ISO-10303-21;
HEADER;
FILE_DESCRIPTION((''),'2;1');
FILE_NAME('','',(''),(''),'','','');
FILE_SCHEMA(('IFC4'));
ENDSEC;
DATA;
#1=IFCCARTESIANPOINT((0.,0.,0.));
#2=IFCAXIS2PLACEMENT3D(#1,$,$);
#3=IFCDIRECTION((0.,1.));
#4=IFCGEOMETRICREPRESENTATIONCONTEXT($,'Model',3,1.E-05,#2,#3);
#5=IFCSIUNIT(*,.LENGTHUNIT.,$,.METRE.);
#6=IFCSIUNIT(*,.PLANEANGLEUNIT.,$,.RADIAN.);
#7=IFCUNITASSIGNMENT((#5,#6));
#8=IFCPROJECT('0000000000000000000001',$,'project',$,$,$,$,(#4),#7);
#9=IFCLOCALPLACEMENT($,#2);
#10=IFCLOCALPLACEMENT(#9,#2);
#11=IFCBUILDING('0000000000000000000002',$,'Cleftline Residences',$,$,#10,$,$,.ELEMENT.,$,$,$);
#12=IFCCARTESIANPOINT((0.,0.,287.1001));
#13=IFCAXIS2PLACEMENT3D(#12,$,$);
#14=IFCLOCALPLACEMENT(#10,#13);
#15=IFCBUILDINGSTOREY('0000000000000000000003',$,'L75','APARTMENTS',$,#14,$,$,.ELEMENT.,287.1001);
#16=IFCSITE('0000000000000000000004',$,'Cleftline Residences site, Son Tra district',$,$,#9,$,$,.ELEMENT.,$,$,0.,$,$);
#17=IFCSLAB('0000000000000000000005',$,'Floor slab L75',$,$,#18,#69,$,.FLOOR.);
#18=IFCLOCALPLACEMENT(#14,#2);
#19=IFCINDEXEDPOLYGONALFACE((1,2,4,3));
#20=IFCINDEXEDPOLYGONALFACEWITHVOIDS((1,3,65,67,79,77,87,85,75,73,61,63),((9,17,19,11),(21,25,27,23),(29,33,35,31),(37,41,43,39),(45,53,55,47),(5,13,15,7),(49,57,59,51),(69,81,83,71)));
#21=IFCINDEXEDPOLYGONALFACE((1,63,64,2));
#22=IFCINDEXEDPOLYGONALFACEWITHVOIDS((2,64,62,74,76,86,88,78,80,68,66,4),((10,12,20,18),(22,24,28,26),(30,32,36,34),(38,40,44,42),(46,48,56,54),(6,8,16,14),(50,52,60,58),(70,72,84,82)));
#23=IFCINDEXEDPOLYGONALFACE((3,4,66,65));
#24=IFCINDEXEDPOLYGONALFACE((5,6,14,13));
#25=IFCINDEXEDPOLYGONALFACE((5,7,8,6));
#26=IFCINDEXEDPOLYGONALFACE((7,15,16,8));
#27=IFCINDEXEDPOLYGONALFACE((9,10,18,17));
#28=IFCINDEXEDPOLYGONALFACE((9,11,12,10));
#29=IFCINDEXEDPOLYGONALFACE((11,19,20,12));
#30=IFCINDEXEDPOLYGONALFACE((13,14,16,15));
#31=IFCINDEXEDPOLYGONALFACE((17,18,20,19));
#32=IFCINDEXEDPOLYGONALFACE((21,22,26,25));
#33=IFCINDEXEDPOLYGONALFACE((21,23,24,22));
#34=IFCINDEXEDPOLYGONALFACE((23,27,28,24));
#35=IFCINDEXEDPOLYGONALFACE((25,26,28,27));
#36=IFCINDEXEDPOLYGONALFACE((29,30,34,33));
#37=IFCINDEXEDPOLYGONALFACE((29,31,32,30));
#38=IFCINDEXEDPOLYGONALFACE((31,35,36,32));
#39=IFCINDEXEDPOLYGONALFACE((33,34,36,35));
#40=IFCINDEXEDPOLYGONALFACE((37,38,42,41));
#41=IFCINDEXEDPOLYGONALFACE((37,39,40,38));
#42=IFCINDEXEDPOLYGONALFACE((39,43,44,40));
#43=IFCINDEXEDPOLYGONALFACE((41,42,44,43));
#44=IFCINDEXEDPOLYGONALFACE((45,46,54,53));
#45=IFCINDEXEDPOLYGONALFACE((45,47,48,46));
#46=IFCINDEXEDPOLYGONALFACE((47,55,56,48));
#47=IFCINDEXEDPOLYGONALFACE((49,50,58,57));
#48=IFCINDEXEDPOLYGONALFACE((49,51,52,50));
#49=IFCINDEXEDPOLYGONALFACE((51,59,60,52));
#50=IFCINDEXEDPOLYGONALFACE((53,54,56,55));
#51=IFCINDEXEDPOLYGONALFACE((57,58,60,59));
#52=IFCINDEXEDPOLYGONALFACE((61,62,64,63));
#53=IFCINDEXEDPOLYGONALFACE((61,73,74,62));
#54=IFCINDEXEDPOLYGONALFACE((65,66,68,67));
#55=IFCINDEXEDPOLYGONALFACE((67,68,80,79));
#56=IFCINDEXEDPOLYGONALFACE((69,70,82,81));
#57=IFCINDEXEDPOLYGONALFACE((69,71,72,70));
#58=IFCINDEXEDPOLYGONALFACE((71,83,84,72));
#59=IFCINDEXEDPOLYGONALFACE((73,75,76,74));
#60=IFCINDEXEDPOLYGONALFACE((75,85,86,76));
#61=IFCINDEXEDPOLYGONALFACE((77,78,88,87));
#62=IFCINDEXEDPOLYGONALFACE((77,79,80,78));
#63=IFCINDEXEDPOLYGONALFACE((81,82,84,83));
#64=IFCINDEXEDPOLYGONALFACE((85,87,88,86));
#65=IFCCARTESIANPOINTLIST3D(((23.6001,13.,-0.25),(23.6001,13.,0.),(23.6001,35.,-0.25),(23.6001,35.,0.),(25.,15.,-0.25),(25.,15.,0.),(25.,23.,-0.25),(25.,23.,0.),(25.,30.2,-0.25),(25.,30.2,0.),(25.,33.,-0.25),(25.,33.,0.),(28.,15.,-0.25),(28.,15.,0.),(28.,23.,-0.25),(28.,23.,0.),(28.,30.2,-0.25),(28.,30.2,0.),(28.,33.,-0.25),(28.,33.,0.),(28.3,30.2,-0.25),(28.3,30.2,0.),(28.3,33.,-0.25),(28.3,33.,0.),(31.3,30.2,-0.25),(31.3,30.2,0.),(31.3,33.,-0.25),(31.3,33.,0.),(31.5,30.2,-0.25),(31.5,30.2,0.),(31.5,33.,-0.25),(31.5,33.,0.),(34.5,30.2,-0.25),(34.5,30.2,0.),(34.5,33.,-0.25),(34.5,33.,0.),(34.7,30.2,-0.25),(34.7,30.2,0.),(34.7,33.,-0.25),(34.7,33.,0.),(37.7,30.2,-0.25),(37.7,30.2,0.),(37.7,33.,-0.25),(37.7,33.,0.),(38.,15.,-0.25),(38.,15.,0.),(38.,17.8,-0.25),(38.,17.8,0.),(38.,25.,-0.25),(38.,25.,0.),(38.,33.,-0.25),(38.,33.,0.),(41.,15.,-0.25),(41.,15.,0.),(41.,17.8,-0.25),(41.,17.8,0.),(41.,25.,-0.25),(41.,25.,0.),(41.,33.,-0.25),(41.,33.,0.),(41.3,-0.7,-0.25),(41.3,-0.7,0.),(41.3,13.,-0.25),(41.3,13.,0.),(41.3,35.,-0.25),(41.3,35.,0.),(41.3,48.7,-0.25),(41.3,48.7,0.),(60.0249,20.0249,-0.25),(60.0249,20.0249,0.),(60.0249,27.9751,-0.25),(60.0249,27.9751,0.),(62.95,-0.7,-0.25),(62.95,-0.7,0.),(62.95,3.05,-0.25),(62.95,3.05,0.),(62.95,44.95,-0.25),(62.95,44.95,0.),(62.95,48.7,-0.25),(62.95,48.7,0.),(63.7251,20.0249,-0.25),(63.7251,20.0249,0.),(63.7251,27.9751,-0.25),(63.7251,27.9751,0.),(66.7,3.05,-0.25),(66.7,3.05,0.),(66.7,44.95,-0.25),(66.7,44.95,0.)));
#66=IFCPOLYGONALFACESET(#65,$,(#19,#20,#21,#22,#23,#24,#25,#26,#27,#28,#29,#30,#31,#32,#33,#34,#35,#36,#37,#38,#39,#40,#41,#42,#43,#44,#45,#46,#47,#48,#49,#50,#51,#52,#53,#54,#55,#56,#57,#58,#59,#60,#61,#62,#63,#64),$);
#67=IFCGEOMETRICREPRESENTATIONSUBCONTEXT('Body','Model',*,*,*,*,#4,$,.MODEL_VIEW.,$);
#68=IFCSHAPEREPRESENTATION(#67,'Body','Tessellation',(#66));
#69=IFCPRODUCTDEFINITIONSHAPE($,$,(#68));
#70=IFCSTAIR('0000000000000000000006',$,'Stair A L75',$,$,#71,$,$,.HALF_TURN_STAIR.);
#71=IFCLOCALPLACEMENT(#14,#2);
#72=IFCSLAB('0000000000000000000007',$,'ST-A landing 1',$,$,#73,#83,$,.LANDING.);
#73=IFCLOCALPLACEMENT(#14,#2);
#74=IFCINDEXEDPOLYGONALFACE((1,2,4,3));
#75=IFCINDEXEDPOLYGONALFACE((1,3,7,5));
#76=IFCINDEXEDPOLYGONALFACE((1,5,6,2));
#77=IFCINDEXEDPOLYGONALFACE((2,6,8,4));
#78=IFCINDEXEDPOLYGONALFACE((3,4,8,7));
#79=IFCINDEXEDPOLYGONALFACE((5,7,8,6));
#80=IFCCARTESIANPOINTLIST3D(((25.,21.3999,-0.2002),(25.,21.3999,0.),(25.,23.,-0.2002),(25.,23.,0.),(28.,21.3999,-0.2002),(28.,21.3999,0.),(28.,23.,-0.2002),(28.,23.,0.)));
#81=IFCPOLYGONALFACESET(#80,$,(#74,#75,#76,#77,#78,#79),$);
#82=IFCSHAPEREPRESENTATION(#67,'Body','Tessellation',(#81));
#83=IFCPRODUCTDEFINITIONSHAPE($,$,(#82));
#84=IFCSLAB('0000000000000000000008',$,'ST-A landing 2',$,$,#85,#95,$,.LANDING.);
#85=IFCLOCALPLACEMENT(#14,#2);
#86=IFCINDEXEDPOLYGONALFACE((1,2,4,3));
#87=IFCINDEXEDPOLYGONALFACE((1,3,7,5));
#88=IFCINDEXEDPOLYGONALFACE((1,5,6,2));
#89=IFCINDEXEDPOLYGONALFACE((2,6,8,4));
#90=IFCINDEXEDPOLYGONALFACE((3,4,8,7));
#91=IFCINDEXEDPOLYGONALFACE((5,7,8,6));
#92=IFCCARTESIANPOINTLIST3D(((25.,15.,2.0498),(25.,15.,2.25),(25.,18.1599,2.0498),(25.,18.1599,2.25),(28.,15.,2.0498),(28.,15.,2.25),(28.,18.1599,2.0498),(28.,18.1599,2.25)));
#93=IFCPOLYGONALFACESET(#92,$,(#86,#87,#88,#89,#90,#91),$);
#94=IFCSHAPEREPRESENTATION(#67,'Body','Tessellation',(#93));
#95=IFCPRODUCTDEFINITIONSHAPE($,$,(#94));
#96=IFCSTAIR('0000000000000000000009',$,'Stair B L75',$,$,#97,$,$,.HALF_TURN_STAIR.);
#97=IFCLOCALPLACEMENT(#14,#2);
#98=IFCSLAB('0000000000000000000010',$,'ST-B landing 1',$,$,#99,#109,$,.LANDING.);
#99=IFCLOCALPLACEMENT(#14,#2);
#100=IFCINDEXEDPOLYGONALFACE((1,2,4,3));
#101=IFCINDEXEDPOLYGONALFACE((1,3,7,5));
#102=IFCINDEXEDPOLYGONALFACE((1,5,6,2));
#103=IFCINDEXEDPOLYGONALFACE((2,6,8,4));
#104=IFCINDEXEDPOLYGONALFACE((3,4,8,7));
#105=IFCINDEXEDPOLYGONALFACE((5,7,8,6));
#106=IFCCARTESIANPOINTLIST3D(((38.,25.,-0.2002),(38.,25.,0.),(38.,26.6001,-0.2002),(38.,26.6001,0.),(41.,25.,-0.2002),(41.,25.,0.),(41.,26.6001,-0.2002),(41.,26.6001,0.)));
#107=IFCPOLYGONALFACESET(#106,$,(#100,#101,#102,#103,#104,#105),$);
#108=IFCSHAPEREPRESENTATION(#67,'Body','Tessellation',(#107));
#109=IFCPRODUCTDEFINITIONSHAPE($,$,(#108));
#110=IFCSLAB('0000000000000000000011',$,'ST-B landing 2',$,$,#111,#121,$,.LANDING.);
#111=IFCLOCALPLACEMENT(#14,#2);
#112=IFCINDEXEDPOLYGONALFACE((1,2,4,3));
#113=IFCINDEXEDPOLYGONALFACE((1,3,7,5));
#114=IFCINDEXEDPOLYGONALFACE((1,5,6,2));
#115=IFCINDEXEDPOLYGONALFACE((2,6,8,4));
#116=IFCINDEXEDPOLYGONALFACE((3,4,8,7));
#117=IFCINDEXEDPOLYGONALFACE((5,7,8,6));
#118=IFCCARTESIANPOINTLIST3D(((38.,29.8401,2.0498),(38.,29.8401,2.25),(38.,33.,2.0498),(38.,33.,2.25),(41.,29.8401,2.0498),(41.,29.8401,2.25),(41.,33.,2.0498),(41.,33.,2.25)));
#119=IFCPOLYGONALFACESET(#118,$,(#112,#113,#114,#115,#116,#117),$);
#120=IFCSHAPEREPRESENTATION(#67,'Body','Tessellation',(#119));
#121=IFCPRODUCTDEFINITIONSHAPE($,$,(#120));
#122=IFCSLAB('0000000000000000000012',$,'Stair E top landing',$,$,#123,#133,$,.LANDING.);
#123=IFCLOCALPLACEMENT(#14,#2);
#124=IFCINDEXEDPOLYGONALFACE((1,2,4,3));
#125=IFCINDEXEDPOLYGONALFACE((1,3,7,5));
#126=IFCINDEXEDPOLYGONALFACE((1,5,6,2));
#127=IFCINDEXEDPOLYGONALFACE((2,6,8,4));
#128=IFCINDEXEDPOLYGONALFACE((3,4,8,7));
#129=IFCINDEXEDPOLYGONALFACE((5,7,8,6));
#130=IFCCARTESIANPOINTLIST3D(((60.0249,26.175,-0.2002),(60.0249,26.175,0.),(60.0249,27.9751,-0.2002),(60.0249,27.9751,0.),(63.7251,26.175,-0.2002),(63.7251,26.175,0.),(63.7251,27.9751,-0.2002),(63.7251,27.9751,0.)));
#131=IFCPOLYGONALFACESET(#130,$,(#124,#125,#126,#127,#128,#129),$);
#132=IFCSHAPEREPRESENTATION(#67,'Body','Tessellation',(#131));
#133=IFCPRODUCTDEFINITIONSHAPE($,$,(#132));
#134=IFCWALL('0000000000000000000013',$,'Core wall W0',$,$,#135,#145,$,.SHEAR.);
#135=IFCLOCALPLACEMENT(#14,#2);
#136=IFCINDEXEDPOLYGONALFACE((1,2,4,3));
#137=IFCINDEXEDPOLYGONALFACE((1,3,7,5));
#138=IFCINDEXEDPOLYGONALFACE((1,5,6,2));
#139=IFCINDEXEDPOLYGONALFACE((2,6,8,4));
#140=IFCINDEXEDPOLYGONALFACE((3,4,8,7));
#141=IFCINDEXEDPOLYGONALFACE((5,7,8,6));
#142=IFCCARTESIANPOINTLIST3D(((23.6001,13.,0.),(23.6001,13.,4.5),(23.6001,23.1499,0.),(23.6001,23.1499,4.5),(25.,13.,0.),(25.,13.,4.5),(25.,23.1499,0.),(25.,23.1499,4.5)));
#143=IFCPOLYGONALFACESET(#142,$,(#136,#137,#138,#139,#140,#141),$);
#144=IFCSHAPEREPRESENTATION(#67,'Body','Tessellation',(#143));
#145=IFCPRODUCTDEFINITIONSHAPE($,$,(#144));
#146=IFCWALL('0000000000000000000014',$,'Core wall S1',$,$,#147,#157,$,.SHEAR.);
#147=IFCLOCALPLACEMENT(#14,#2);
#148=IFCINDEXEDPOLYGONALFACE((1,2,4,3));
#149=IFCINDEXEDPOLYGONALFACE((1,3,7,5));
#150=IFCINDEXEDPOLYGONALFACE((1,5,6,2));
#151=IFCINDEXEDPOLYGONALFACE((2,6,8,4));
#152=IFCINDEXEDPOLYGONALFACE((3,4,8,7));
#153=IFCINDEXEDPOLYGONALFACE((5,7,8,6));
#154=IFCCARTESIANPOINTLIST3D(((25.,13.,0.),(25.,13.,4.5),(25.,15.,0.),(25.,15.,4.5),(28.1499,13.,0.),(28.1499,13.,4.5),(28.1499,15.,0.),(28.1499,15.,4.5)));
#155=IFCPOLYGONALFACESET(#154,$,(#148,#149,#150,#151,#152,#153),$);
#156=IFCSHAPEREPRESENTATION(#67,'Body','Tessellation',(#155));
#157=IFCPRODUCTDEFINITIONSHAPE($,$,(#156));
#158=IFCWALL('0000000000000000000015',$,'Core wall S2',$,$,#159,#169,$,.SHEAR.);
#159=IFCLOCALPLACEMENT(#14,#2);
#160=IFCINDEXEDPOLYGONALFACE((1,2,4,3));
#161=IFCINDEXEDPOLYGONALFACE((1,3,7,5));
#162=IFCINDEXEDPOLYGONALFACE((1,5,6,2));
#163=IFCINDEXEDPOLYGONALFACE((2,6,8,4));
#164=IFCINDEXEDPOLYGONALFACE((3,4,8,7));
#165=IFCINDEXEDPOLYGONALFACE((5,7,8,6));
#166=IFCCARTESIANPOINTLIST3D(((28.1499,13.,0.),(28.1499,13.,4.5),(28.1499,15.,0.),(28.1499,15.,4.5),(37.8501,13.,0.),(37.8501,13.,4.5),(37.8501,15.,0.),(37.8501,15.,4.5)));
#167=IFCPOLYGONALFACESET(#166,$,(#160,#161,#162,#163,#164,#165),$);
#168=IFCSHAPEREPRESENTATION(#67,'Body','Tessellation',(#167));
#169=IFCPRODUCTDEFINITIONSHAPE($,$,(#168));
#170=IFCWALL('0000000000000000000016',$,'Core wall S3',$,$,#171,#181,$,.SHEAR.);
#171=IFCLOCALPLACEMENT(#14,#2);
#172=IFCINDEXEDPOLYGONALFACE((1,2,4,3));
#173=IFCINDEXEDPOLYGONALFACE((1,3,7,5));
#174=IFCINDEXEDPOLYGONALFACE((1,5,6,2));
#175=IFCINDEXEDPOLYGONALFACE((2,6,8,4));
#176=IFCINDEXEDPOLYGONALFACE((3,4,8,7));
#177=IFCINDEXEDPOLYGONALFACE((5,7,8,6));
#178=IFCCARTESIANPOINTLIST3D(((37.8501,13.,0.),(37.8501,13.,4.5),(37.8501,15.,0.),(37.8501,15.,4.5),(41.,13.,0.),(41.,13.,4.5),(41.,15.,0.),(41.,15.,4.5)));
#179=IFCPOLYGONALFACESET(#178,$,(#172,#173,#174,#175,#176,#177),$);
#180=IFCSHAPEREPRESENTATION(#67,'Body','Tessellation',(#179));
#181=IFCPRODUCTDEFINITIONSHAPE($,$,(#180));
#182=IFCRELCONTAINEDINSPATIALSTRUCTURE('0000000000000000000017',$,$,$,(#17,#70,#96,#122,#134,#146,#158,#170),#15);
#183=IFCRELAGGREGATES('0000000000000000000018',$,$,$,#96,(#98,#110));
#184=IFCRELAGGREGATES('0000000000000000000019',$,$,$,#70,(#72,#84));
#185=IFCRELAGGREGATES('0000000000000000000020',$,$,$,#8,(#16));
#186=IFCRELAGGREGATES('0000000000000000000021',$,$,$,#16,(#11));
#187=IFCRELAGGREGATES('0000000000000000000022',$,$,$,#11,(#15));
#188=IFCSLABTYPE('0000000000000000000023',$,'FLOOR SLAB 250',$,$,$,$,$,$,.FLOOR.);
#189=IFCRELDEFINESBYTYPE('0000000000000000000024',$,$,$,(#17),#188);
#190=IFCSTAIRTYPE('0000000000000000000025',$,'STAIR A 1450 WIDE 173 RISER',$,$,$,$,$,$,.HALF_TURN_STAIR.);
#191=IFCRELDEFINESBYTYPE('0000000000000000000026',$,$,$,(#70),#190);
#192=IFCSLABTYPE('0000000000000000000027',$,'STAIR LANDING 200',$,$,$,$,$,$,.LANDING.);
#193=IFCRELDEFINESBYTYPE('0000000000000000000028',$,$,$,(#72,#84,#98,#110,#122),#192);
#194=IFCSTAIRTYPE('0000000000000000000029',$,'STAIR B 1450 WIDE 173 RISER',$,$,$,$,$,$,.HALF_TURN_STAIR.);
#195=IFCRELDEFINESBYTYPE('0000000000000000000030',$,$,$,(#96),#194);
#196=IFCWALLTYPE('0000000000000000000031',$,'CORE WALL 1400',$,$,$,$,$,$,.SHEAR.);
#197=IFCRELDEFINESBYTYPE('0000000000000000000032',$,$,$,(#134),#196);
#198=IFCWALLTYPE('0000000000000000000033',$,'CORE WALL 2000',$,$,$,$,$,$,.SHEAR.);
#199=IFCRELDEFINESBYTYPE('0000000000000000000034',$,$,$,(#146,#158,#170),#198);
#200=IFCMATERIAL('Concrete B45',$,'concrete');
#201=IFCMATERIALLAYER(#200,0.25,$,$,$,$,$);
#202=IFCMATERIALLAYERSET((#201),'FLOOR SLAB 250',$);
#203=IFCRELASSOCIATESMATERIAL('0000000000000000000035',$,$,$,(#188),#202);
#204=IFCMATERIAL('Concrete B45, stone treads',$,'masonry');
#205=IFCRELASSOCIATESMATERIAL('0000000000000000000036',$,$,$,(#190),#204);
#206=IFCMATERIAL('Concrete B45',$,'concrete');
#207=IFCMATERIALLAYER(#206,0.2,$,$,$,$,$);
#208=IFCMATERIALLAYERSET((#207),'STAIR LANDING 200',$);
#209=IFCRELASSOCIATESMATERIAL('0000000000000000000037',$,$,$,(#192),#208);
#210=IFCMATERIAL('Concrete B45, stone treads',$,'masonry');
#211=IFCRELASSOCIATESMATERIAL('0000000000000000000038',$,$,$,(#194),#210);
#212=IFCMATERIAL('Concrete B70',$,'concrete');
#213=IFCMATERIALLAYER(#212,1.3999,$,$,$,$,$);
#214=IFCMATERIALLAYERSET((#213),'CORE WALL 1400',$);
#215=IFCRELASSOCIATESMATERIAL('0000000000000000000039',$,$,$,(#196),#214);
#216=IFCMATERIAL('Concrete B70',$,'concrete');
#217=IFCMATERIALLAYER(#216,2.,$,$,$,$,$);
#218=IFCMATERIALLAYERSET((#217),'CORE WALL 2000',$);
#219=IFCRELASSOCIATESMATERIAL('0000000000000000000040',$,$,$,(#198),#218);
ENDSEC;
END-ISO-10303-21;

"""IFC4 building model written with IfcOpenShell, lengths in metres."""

from ifc_helpers import new_model, si_unit, direction, frame, frame_2d, origin, place, context, subcontext, project, spatial, polyline, rectangle, outline, extrude, material, layer, layer_set, type_object, element, aggregate, save


model = new_model("IFC4")

# Units and contexts
model_context = context("Model", 3, precision=1e-05, world=origin(), true_north=direction((0.0, 1.0)))
body_context = subcontext(model_context, "Body", "Model", "MODEL_VIEW")
ifc_project = project(units=[si_unit("LENGTHUNIT", "METRE"), si_unit("PLANEANGLEUNIT", "RADIAN")], contexts=[model_context])

# Site, building, storey
site_placement = place(None, origin())
site = spatial("IfcSite", under=ifc_project, at=site_placement, Name="Cleftline Residences site, Son Tra district", CompositionType="ELEMENT", RefElevation=0.0)
building_placement = place(site_placement, origin())
building = spatial("IfcBuilding", under=site, at=building_placement, Name="Cleftline Residences", CompositionType="ELEMENT")
storey_placement = place(building_placement, frame((0.0, 0.0, 287.1001)))
storey = spatial("IfcBuildingStorey", under=building, at=storey_placement, Name="L75", Description="APARTMENTS", CompositionType="ELEMENT", Elevation=287.1001)

# Slab
ifc_material_1 = material(Name="Concrete B45", Category="concrete")
ifc_layer_1 = layer(ifc_material_1, 0.25)
ifc_layer_set_1 = layer_set([ifc_layer_1], Name="FLOOR SLAB 250")
slab_type_1 = type_object("IfcSlabType", Name="FLOOR SLAB 250", PredefinedType="FLOOR", material=ifc_layer_set_1)
slab_1_placement = place(storey_placement, frame((0.0, 0.0, -0.25)))
element("IfcSlab", 1, at=slab_1_placement, inside=storey, type_object=slab_type_1, Name="Floor slab L75", PredefinedType="FLOOR", context=body_context, shape_type="SweptSolid", body=[
    extrude(outline(polyline([(41.3, 13.0), (41.3, -0.7), (62.95, -0.7), (62.95, 3.05), (66.7, 3.05), (66.7, 44.95), (62.95, 44.95), (62.95, 48.7), (41.3, 48.7), (41.3, 35.0), (23.6001, 35.0), (23.6001, 13.0), (41.3, 13.0)]), holes=[polyline([(28.0, 15.0), (28.0, 23.0), (25.0, 23.0), (25.0, 15.0), (28.0, 15.0)]), polyline([(41.0, 25.0), (41.0, 33.0), (38.0, 33.0), (38.0, 25.0), (41.0, 25.0)]), polyline([(28.0, 30.2), (28.0, 33.0), (25.0, 33.0), (25.0, 30.2), (28.0, 30.2)]), polyline([(41.0, 15.0), (41.0, 17.8), (38.0, 17.8), (38.0, 15.0), (41.0, 15.0)]), polyline([(31.3, 30.2), (31.3, 33.0), (28.3, 33.0), (28.3, 30.2), (31.3, 30.2)]), polyline([(34.5, 30.2), (34.5, 33.0), (31.5, 33.0), (31.5, 30.2), (34.5, 30.2)]), polyline([(37.7, 30.2), (37.7, 33.0), (34.7, 33.0), (34.7, 30.2), (37.7, 30.2)]), polyline([(63.7251, 20.0249), (63.7251, 27.9751), (60.0249, 27.9751), (60.0249, 20.0249), (63.7251, 20.0249)])]), origin(), (0.0, 0.0, 1.0), 0.25),
])

# Stairs, slabs
ifc_material_2 = material(Name="Concrete B45, stone treads", Category="masonry")
stair_type_1 = type_object("IfcStairType", Name="STAIR A 1450 WIDE 173 RISER", PredefinedType="HALF_TURN_STAIR", material=ifc_material_2)
stair_1_placement = place(storey_placement, origin())
stair_1 = element("IfcStair", 2, at=stair_1_placement, inside=storey, type_object=stair_type_1, Name="Stair A L75", PredefinedType="HALF_TURN_STAIR")
ifc_material_3 = material(Name="Concrete B45", Category="concrete")
ifc_layer_2 = layer(ifc_material_3, 0.2)
ifc_layer_set_2 = layer_set([ifc_layer_2], Name="STAIR LANDING 200")
slab_type_2 = type_object("IfcSlabType", Name="STAIR LANDING 200", PredefinedType="LANDING", material=ifc_layer_set_2)
slab_2_placement = place(storey_placement, frame((0.0, 0.0, -0.2002)))
slab_2 = element("IfcSlab", 3, at=slab_2_placement, type_object=slab_type_2, Name="ST-A landing 1", PredefinedType="LANDING", context=body_context, shape_type="SweptSolid", body=[
    extrude(outline(polyline([(25.0, 21.3999), (28.0, 21.3999), (28.0, 23.0), (25.0, 23.0), (25.0, 21.3999)])), origin(), (0.0, 0.0, 1.0), 0.2002),
])
slab_3_placement = place(storey_placement, frame((0.0, 0.0, 2.0498)))
slab_3 = element("IfcSlab", 4, at=slab_3_placement, type_object=slab_type_2, Name="ST-A landing 2", PredefinedType="LANDING", context=body_context, shape_type="SweptSolid", body=[
    extrude(outline(polyline([(25.0, 15.0), (28.0, 15.0), (28.0, 18.1599), (25.0, 18.1599), (25.0, 15.0)])), origin(), (0.0, 0.0, 1.0), 0.2002),
])
ifc_material_4 = material(Name="Concrete B45, stone treads", Category="masonry")
stair_type_2 = type_object("IfcStairType", Name="STAIR B 1450 WIDE 173 RISER", PredefinedType="HALF_TURN_STAIR", material=ifc_material_4)
stair_2_placement = place(storey_placement, origin())
stair_2 = element("IfcStair", 5, at=stair_2_placement, inside=storey, type_object=stair_type_2, Name="Stair B L75", PredefinedType="HALF_TURN_STAIR")
slab_4_placement = place(storey_placement, frame((0.0, 0.0, -0.2002)))
slab_4 = element("IfcSlab", 6, at=slab_4_placement, type_object=slab_type_2, Name="ST-B landing 1", PredefinedType="LANDING", context=body_context, shape_type="SweptSolid", body=[
    extrude(outline(polyline([(38.0, 25.0), (41.0, 25.0), (41.0, 26.6001), (38.0, 26.6001), (38.0, 25.0)])), origin(), (0.0, 0.0, 1.0), 0.2002),
])
slab_5_placement = place(storey_placement, frame((0.0, 0.0, 2.0498)))
slab_5 = element("IfcSlab", 7, at=slab_5_placement, type_object=slab_type_2, Name="ST-B landing 2", PredefinedType="LANDING", context=body_context, shape_type="SweptSolid", body=[
    extrude(outline(polyline([(38.0, 29.8401), (41.0, 29.8401), (41.0, 33.0), (38.0, 33.0), (38.0, 29.8401)])), origin(), (0.0, 0.0, 1.0), 0.2002),
])
aggregate(stair_2, [slab_4, slab_5])

# Slab
slab_6_placement = place(storey_placement, frame((0.0, 0.0, -0.2002)))
element("IfcSlab", 8, at=slab_6_placement, inside=storey, type_object=slab_type_2, Name="Stair E top landing", PredefinedType="LANDING", context=body_context, shape_type="SweptSolid", body=[
    extrude(outline(polyline([(60.0249, 26.175), (63.7251, 26.175), (63.7251, 27.9751), (60.0249, 27.9751), (60.0249, 26.175)])), origin(), (0.0, 0.0, 1.0), 0.2002),
])

# Walls
ifc_material_5 = material(Name="Concrete B70", Category="concrete")
ifc_layer_3 = layer(ifc_material_5, 1.3999)
ifc_layer_set_3 = layer_set([ifc_layer_3], Name="CORE WALL 1400")
wall_type_1 = type_object("IfcWallType", Name="CORE WALL 1400", PredefinedType="SHEAR", material=ifc_layer_set_3)
wall_1_placement = place(storey_placement, frame((24.3, 13.0, 0.0), z_axis=(0.0, 0.0, 1.0), x_axis=(0.0, 1.0, 0.0)))
element("IfcWall", 9, at=wall_1_placement, inside=storey, type_object=wall_type_1, Name="Core wall W0", PredefinedType="SHEAR", context=body_context, shape_type="SweptSolid", body=[
    extrude(rectangle(XDim=10.1499, YDim=1.3999, at=frame_2d((5.075, 0.0))), origin(), (0.0, 0.0, 1.0), 4.5),
])
ifc_material_6 = material(Name="Concrete B70", Category="concrete")
ifc_layer_4 = layer(ifc_material_6, 2.0)
ifc_layer_set_4 = layer_set([ifc_layer_4], Name="CORE WALL 2000")
wall_type_2 = type_object("IfcWallType", Name="CORE WALL 2000", PredefinedType="SHEAR", material=ifc_layer_set_4)
wall_2_placement = place(storey_placement, frame((25.0, 14.0, 0.0), z_axis=(0.0, 0.0, 1.0), x_axis=(1.0, 0.0, 0.0)))
element("IfcWall", 10, at=wall_2_placement, inside=storey, type_object=wall_type_2, Name="Core wall S1", PredefinedType="SHEAR", context=body_context, shape_type="SweptSolid", body=[
    extrude(rectangle(XDim=3.1499, YDim=2.0, at=frame_2d((1.575, 0.0))), origin(), (0.0, 0.0, 1.0), 4.5),
])
wall_3_placement = place(storey_placement, frame((28.1499, 14.0, 0.0), z_axis=(0.0, 0.0, 1.0), x_axis=(1.0, 0.0, 0.0)))
element("IfcWall", 11, at=wall_3_placement, inside=storey, type_object=wall_type_2, Name="Core wall S2", PredefinedType="SHEAR", context=body_context, shape_type="SweptSolid", body=[
    extrude(rectangle(XDim=9.7002, YDim=2.0, at=frame_2d((4.8501, 0.0))), origin(), (0.0, 0.0, 1.0), 4.5),
])
wall_4_placement = place(storey_placement, frame((37.8501, 14.0, 0.0), z_axis=(0.0, 0.0, 1.0), x_axis=(1.0, 0.0, 0.0)))
element("IfcWall", 12, at=wall_4_placement, inside=storey, type_object=wall_type_2, Name="Core wall S3", PredefinedType="SHEAR", context=body_context, shape_type="SweptSolid", body=[
    extrude(rectangle(XDim=3.1499, YDim=2.0, at=frame_2d((1.575, 0.0))), origin(), (0.0, 0.0, 1.0), 4.5),
])

aggregate(stair_1, [slab_2, slab_3])

save(model, "model.ifc")
